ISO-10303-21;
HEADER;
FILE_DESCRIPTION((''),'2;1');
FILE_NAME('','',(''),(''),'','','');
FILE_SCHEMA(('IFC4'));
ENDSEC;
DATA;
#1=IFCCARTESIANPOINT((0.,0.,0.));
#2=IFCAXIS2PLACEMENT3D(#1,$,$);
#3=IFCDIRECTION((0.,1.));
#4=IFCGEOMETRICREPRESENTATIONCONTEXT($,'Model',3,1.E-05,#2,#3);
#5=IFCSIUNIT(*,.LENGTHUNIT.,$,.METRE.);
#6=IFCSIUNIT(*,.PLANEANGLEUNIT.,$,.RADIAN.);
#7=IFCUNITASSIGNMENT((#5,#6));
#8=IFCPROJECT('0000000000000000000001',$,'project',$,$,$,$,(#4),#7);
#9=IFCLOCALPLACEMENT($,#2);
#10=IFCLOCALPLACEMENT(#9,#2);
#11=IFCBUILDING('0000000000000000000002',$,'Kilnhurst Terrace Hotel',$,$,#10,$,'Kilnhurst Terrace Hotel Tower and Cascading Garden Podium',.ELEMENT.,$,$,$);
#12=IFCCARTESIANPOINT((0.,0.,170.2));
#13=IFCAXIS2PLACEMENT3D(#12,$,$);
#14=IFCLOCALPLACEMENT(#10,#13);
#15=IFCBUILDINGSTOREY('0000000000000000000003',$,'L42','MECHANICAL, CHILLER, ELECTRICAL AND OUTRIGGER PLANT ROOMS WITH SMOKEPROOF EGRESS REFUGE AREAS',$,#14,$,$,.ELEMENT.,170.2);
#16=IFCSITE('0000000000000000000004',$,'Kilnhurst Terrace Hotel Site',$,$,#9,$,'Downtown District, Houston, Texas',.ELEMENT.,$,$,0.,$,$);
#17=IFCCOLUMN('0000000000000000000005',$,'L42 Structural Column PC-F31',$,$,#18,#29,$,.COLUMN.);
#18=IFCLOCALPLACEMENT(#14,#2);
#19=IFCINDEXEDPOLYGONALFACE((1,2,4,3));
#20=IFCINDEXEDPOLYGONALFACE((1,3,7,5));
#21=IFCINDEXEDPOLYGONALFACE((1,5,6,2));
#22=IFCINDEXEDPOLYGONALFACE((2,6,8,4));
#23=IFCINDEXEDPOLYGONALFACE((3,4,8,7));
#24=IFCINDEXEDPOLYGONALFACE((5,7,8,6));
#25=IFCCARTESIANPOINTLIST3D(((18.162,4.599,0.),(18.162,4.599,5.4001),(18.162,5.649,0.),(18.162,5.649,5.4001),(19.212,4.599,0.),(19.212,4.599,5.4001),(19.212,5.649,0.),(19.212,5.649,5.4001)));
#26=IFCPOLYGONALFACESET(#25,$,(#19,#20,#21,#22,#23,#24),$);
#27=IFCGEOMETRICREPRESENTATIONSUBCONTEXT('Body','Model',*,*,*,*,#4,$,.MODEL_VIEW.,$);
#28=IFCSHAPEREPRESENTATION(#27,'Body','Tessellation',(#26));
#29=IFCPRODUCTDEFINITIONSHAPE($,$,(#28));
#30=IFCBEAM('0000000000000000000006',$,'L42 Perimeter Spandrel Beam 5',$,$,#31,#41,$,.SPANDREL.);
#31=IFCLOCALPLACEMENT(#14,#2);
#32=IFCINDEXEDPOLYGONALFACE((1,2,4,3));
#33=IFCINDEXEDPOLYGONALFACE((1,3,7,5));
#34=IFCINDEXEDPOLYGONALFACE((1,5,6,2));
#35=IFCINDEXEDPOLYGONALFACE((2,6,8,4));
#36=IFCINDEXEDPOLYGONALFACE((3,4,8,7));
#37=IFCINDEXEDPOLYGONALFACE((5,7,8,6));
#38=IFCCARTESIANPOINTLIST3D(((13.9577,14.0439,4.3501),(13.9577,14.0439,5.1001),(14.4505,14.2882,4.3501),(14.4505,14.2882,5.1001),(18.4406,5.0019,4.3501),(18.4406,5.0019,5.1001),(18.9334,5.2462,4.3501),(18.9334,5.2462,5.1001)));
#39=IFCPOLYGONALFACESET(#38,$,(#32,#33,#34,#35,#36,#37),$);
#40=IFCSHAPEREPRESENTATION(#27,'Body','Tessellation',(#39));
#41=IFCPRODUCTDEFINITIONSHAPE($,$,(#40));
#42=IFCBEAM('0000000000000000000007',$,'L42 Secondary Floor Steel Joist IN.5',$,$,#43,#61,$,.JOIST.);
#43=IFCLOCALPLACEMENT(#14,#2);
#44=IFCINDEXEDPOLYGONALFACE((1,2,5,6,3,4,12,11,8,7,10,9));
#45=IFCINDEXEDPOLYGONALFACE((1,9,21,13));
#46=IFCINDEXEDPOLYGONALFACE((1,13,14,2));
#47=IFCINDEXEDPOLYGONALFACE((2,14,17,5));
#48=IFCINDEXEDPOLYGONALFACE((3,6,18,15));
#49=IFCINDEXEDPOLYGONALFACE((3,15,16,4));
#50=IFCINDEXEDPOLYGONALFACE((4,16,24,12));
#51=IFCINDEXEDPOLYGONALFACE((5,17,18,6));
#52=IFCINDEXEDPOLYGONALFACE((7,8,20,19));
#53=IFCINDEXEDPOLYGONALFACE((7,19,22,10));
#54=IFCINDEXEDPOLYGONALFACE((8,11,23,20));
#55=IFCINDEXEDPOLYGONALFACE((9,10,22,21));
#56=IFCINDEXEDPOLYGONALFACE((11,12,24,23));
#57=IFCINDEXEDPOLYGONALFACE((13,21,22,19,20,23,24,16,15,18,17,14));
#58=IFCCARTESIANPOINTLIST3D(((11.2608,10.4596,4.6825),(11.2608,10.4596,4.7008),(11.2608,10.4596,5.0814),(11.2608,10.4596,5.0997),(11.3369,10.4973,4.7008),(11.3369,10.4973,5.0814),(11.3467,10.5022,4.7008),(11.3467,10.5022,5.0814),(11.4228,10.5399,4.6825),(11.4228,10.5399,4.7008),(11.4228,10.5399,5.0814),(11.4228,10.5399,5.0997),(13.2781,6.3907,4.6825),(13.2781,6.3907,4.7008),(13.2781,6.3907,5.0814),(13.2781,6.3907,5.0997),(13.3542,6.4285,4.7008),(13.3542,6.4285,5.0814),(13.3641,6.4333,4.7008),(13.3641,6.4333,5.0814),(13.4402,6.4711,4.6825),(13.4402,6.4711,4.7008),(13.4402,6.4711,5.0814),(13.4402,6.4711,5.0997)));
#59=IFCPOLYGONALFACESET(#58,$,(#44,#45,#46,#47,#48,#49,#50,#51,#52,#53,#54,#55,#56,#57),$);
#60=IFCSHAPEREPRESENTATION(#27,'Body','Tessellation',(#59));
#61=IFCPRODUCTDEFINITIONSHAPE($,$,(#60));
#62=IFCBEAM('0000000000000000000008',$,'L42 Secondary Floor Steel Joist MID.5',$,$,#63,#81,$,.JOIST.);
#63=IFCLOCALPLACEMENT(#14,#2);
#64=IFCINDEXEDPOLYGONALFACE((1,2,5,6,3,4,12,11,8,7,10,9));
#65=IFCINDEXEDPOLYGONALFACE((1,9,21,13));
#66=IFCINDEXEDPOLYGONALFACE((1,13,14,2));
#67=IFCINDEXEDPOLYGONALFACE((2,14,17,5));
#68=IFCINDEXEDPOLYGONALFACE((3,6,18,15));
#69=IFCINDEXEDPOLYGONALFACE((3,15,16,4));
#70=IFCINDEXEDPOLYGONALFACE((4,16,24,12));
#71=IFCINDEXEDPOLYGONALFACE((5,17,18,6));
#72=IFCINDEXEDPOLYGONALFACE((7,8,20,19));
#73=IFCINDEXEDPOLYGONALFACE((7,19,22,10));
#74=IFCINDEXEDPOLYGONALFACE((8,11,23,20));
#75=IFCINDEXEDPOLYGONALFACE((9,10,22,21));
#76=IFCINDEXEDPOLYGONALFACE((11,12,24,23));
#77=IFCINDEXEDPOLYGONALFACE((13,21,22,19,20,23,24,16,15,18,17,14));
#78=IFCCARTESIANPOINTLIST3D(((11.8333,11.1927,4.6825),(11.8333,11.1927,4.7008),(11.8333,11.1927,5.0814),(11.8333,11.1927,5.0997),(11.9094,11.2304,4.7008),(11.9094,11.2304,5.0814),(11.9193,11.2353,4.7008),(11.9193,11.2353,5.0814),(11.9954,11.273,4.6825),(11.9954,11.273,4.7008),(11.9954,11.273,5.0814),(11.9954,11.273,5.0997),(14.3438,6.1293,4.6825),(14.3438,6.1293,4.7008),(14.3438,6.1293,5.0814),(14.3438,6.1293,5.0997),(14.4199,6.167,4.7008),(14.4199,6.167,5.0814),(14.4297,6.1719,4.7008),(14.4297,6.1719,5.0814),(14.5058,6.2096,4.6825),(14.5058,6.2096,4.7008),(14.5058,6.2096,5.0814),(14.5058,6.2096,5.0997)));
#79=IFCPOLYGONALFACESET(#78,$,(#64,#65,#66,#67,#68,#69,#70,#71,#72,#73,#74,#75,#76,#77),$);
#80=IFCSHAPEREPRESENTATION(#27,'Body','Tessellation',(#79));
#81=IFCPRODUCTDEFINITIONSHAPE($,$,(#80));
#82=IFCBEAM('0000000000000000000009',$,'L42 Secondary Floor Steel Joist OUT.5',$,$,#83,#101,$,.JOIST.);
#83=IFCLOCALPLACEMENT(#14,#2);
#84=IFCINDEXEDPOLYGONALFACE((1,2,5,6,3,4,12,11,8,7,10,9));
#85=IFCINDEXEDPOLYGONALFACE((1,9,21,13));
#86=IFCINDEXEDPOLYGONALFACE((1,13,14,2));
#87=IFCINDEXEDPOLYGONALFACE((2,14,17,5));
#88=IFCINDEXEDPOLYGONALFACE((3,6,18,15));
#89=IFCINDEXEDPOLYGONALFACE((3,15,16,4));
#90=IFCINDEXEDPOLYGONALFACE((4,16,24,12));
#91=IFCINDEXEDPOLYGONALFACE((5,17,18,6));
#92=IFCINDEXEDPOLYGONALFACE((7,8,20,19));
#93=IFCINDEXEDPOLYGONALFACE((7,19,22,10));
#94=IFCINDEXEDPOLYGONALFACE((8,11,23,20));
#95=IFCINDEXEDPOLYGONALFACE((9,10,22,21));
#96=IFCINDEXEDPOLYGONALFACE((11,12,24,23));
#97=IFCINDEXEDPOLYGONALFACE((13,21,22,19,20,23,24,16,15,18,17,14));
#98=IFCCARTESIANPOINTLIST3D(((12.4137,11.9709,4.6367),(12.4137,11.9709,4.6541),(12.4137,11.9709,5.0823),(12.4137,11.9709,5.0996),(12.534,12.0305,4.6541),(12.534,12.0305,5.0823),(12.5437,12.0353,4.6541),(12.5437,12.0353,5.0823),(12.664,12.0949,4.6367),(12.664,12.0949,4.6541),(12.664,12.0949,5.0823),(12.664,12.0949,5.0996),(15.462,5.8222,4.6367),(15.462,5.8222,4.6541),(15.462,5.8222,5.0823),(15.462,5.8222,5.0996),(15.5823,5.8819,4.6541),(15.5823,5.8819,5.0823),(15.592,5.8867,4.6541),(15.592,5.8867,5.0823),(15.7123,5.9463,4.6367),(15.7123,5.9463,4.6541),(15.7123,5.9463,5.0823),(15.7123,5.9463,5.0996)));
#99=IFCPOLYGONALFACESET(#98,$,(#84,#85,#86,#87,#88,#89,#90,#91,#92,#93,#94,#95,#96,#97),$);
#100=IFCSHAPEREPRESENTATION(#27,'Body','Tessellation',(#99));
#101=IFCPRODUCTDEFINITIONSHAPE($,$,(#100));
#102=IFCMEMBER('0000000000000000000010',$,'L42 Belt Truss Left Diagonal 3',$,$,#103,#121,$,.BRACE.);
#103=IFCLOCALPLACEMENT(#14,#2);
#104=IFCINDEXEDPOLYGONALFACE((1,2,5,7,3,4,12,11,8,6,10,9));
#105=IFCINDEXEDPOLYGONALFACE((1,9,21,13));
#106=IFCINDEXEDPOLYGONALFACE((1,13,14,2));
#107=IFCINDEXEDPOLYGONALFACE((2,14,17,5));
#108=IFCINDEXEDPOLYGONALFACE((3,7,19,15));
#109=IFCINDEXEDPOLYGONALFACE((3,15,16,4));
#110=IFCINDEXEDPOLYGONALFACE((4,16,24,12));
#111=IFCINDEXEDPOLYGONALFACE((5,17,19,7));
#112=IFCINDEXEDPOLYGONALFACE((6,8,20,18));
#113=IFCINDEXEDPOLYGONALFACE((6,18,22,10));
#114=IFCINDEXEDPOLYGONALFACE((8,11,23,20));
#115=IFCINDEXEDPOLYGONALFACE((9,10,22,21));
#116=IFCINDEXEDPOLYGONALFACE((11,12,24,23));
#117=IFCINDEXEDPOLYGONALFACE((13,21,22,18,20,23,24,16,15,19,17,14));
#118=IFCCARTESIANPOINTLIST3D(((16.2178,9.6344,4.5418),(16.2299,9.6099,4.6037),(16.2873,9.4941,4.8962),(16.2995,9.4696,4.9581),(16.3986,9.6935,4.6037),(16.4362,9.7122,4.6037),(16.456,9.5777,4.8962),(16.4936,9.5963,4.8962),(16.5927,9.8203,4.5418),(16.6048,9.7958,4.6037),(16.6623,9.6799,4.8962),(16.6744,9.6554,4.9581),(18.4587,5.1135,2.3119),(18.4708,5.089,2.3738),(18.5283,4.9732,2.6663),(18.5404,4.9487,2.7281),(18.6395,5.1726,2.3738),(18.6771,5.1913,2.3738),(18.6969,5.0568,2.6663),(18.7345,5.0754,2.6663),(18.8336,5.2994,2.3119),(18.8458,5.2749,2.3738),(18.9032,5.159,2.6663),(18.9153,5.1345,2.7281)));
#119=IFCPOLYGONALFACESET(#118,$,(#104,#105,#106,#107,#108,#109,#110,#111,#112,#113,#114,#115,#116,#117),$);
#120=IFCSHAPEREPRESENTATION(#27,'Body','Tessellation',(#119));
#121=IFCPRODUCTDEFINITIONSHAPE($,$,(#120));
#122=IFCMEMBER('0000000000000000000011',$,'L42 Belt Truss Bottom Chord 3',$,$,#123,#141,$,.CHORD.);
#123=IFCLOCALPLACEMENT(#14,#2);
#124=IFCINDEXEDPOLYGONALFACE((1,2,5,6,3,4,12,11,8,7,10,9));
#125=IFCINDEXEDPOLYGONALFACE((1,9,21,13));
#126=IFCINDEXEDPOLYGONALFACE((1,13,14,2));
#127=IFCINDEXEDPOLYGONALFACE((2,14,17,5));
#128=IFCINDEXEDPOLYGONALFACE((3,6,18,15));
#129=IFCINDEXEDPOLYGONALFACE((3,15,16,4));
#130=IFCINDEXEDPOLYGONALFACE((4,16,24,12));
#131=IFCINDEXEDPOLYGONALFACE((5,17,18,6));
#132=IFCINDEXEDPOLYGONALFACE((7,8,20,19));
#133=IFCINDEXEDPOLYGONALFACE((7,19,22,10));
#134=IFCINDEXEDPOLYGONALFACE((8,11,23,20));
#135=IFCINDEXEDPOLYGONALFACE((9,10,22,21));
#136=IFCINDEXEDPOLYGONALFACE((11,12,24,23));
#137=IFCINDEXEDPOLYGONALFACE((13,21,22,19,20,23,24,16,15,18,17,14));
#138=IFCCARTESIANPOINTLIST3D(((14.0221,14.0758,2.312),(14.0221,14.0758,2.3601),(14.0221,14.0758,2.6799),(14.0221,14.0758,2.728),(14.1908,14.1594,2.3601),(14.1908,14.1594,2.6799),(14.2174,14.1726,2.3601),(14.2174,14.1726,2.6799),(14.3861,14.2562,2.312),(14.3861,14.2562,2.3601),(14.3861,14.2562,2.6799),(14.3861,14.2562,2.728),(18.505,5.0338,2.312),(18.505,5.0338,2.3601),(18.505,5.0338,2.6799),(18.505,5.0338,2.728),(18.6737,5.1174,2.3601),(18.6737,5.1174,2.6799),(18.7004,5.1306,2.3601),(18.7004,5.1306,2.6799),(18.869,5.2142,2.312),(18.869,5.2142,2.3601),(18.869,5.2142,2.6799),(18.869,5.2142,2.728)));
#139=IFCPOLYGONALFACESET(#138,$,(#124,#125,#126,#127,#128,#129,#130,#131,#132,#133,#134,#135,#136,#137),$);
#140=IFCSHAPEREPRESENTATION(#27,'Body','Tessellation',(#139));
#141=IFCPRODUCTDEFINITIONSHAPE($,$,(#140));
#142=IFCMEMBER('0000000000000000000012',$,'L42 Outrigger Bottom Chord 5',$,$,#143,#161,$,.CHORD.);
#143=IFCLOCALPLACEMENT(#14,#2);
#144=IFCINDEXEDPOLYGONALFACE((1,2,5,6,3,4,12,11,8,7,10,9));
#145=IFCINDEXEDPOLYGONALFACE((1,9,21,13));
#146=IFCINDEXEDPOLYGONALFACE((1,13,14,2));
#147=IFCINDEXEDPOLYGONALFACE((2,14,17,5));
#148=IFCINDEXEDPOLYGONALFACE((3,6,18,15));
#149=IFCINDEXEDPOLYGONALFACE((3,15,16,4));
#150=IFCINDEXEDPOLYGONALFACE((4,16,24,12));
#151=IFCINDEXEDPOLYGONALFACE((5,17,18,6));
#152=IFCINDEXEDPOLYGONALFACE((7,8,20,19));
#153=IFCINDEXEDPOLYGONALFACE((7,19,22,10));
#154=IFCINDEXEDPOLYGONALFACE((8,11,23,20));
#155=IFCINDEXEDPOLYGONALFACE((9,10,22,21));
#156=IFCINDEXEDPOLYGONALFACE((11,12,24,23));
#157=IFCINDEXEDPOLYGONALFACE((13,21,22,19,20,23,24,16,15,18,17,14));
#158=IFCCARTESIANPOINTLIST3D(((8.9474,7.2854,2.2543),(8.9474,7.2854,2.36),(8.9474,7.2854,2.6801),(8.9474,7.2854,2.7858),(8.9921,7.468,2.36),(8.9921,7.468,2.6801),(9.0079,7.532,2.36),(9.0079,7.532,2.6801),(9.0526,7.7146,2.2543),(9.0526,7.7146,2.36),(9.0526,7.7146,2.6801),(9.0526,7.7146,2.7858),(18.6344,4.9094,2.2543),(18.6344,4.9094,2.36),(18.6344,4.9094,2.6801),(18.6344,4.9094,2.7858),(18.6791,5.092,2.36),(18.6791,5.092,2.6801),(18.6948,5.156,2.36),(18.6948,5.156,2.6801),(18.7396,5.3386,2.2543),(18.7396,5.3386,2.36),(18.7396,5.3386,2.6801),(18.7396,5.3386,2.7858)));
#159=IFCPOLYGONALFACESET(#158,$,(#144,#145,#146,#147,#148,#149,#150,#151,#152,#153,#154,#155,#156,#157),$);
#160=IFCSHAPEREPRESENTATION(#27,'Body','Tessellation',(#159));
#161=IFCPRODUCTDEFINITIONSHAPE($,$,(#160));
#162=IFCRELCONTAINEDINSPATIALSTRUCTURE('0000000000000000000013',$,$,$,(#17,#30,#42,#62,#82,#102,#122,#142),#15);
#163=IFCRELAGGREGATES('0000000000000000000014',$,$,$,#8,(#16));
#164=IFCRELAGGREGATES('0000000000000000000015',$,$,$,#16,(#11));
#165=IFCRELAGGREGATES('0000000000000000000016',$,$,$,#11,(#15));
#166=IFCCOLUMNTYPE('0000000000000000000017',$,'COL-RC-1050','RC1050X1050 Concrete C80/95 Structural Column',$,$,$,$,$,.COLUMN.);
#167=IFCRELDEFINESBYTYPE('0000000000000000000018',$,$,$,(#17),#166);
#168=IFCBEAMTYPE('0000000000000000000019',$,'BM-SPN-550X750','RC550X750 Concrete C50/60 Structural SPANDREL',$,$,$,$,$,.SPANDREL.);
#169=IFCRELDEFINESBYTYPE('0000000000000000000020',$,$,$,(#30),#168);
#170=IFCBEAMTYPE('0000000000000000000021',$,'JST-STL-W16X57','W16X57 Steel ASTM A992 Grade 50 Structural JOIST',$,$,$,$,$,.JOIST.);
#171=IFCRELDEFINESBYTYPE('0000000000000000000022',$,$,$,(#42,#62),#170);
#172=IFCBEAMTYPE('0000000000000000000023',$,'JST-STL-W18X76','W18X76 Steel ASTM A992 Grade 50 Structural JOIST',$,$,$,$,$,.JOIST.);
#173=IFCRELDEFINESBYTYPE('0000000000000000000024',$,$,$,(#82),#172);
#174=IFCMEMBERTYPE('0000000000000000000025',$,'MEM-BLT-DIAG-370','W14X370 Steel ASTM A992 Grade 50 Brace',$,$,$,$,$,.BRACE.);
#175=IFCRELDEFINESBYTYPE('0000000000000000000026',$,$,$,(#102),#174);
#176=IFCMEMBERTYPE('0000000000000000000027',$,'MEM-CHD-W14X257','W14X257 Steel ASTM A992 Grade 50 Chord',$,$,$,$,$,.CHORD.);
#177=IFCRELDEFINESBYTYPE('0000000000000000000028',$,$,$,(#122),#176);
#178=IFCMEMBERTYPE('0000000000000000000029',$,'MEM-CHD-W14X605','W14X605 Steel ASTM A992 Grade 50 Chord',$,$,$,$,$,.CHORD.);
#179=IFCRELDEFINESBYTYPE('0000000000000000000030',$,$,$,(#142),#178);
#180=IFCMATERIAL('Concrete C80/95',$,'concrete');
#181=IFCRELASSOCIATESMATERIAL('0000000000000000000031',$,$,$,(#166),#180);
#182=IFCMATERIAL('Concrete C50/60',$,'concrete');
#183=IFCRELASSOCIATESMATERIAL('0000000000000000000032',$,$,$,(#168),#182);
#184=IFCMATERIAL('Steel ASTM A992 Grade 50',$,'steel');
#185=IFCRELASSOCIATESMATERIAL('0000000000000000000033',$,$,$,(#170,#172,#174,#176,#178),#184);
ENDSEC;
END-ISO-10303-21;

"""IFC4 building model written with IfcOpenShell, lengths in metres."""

from ifc_helpers import new_model, si_unit, direction, frame, origin, origin_2d, place, context, subcontext, project, spatial, rectangle, i_section, extrude, material, material_profile, profile_set, type_object, element, save


model = new_model("IFC4")

# Units and contexts
model_context = context("Model", 3, precision=1e-05, world=origin(), true_north=direction((0.0, 1.0)))
body_context = subcontext(model_context, "Body", "Model", "MODEL_VIEW")
ifc_project = project(units=[si_unit("LENGTHUNIT", "METRE"), si_unit("PLANEANGLEUNIT", "RADIAN")], contexts=[model_context])

# Site, building, storey
site_placement = place(None, origin())
site = spatial("IfcSite", under=ifc_project, at=site_placement, Name="Kilnhurst Terrace Hotel Site", LongName="Downtown District, Houston, Texas", CompositionType="ELEMENT", RefElevation=0.0)
building_placement = place(site_placement, origin())
building = spatial("IfcBuilding", under=site, at=building_placement, Name="Kilnhurst Terrace Hotel", LongName="Kilnhurst Terrace Hotel Tower and Cascading Garden Podium", CompositionType="ELEMENT")
storey_placement = place(building_placement, frame((0.0, 0.0, 170.2)))
storey = spatial("IfcBuildingStorey", under=building, at=storey_placement, Name="L42", Description="MECHANICAL, CHILLER, ELECTRICAL AND OUTRIGGER PLANT ROOMS WITH SMOKEPROOF EGRESS REFUGE AREAS", CompositionType="ELEMENT", Elevation=170.2)

# Column
ifc_material_1 = material(Name="Concrete C80/95", Category="concrete")
ifc_material_profile_1 = material_profile(ifc_material_1, rectangle(XDim=1.05, YDim=1.05, at=origin_2d()), Name="RC1050X1050")
ifc_profile_set_1 = profile_set([ifc_material_profile_1], Name="Concrete C80/95")
column_type = type_object("IfcColumnType", Name="COL-RC-1050", Description="RC1050X1050 Concrete C80/95 Structural Column", PredefinedType="COLUMN", material=ifc_profile_set_1)
column_placement = place(storey_placement, frame((18.687, 5.124, 0.0), z_axis=(0.0, 0.0, 1.0), x_axis=(1.0, 0.0, 0.0)))
element("IfcColumn", 1, at=column_placement, inside=storey, type_object=column_type, Name="L42 Structural Column PC-F31", PredefinedType="COLUMN", context=body_context, shape_type="SweptSolid", body=[
    extrude(rectangle(XDim=1.05, YDim=1.05, at=origin_2d()), origin(), (0.0, 0.0, 1.0), 5.4001),
])

# Beams
ifc_material_2 = material(Name="Concrete C50/60", Category="concrete")
ifc_material_profile_2 = material_profile(ifc_material_2, rectangle(XDim=0.55, YDim=0.75, at=origin_2d()), Name="RC550X750")
ifc_profile_set_2 = profile_set([ifc_material_profile_2], Name="Concrete C50/60")
beam_type_1 = type_object("IfcBeamType", Name="BM-SPN-550X750", Description="RC550X750 Concrete C50/60 Structural SPANDREL", PredefinedType="SPANDREL", material=ifc_profile_set_2)
beam_1_placement = place(storey_placement, frame((18.687, 5.124, 4.7251), z_axis=(-0.444192, 0.895932, 0.0), x_axis=(-0.895932, -0.444192, 0.0)))
element("IfcBeam", 2, at=beam_1_placement, inside=storey, type_object=beam_type_1, Name="L42 Perimeter Spandrel Beam 5", PredefinedType="SPANDREL", context=body_context, shape_type="SweptSolid", body=[
    extrude(rectangle(XDim=0.55, YDim=0.75, at=origin_2d()), origin(), (0.0, 0.0, 1.0), 10.0923),
])
ifc_material_3 = material(Name="Steel ASTM A992 Grade 50", Category="steel")
ifc_material_profile_3 = material_profile(ifc_material_3, i_section(OverallWidth=0.1809, OverallDepth=0.4172, WebThickness=0.011, FlangeThickness=0.0183, at=origin_2d()), Name="W16X57")
ifc_profile_set_3 = profile_set([ifc_material_profile_3], Name="Steel ASTM A992 Grade 50")
beam_type_2 = type_object("IfcBeamType", Name="JST-STL-W16X57", Description="W16X57 Steel ASTM A992 Grade 50 Structural JOIST", PredefinedType="JOIST", material=ifc_profile_set_3)
beam_2_placement = place(storey_placement, frame((13.3591, 6.4309, 4.8911), z_axis=(-0.444201, 0.895927, 0.0), x_axis=(-0.895927, -0.444201, 0.0)))
element("IfcBeam", 3, at=beam_2_placement, inside=storey, type_object=beam_type_2, Name="L42 Secondary Floor Steel Joist IN.5", PredefinedType="JOIST", context=body_context, shape_type="SweptSolid", body=[
    extrude(i_section(OverallWidth=0.1809, OverallDepth=0.4172, WebThickness=0.011, FlangeThickness=0.0183, at=origin_2d()), origin(), (0.0, 0.0, 1.0), 4.5415),
])
beam_3_placement = place(storey_placement, frame((14.4248, 6.1694, 4.8911), z_axis=(-0.444204, 0.895925, 0.0), x_axis=(-0.895925, -0.444204, 0.0)))
element("IfcBeam", 4, at=beam_3_placement, inside=storey, type_object=beam_type_2, Name="L42 Secondary Floor Steel Joist MID.5", PredefinedType="JOIST", context=body_context, shape_type="SweptSolid", body=[
    extrude(i_section(OverallWidth=0.1809, OverallDepth=0.4172, WebThickness=0.011, FlangeThickness=0.0183, at=origin_2d()), origin(), (0.0, 0.0, 1.0), 5.6516),
])
ifc_material_profile_4 = material_profile(ifc_material_3, i_section(OverallWidth=0.2793, OverallDepth=0.4629, WebThickness=0.0107, FlangeThickness=0.0173, at=origin_2d()), Name="W18X76")
ifc_profile_set_4 = profile_set([ifc_material_profile_4], Name="Steel ASTM A992 Grade 50")
beam_type_3 = type_object("IfcBeamType", Name="JST-STL-W18X76", Description="W18X76 Steel ASTM A992 Grade 50 Structural JOIST", PredefinedType="JOIST", material=ifc_profile_set_4)
beam_4_placement = place(storey_placement, frame((15.5872, 5.8843, 4.8682), z_axis=(-0.44418, 0.895938, 0.0), x_axis=(-0.895938, -0.44418, 0.0)))
element("IfcBeam", 5, at=beam_4_placement, inside=storey, type_object=beam_type_3, Name="L42 Secondary Floor Steel Joist OUT.5", PredefinedType="JOIST", context=body_context, shape_type="SweptSolid", body=[
    extrude(i_section(OverallWidth=0.2793, OverallDepth=0.4629, WebThickness=0.0107, FlangeThickness=0.0173, at=origin_2d()), origin(), (0.0, 0.0, 1.0), 6.8628),
])

# Members
ifc_material_profile_5 = material_profile(ifc_material_3, i_section(OverallWidth=0.4185, OverallDepth=0.4551, WebThickness=0.042, FlangeThickness=0.0676, at=origin_2d()), Name="W14X370")
ifc_profile_set_5 = profile_set([ifc_material_profile_5], Name="Steel ASTM A992 Grade 50")
member_type_1 = type_object("IfcMemberType", Name="MEM-BLT-DIAG-370", Description="W14X370 Steel ASTM A992 Grade 50 Brace", PredefinedType="BRACE", material=ifc_profile_set_5)
member_1_placement = place(storey_placement, frame((18.687, 5.124, 2.52), z_axis=(-0.406214, 0.819509, 0.404222), x_axis=(-0.89597, -0.444114, 0.0)))
element("IfcMember", 6, at=member_1_placement, inside=storey, type_object=member_type_1, Name="L42 Belt Truss Left Diagonal 3", PredefinedType="BRACE", context=body_context, shape_type="SweptSolid", body=[
    extrude(i_section(OverallWidth=0.4185, OverallDepth=0.4551, WebThickness=0.042, FlangeThickness=0.0676, at=origin_2d()), origin(), (0.0, 0.0, 1.0), 5.5166),
])
ifc_material_profile_6 = material_profile(ifc_material_3, i_section(OverallWidth=0.4062, OverallDepth=0.416, WebThickness=0.0298, FlangeThickness=0.0481, at=origin_2d()), Name="W14X257")
ifc_profile_set_6 = profile_set([ifc_material_profile_6], Name="Steel ASTM A992 Grade 50")
member_type_2 = type_object("IfcMemberType", Name="MEM-CHD-W14X257", Description="W14X257 Steel ASTM A992 Grade 50 Chord", PredefinedType="CHORD", material=ifc_profile_set_6)
member_2_placement = place(storey_placement, frame((18.687, 5.124, 2.52), z_axis=(-0.444192, 0.895932, 0.0), x_axis=(-0.895932, -0.444192, 0.0)))
element("IfcMember", 7, at=member_2_placement, inside=storey, type_object=member_type_2, Name="L42 Belt Truss Bottom Chord 3", PredefinedType="CHORD", context=body_context, shape_type="SweptSolid", body=[
    extrude(i_section(OverallWidth=0.4062, OverallDepth=0.416, WebThickness=0.0298, FlangeThickness=0.0481, at=origin_2d()), origin(), (0.0, 0.0, 1.0), 10.0923),
])
ifc_material_profile_7 = material_profile(ifc_material_3, i_section(OverallWidth=0.4419, OverallDepth=0.5315, WebThickness=0.0659, FlangeThickness=0.1057, at=origin_2d()), Name="W14X605")
ifc_profile_set_7 = profile_set([ifc_material_profile_7], Name="Steel ASTM A992 Grade 50")
member_type_3 = type_object("IfcMemberType", Name="MEM-CHD-W14X605", Description="W14X605 Steel ASTM A992 Grade 50 Chord", PredefinedType="CHORD", material=ifc_profile_set_7)
member_3_placement = place(storey_placement, frame((9.0, 7.5, 2.52), z_axis=(0.971213, -0.238214, 0.0), x_axis=(0.238214, 0.971213, 0.0)))
element("IfcMember", 8, at=member_3_placement, inside=storey, type_object=member_type_3, Name="L42 Outrigger Bottom Chord 5", PredefinedType="CHORD", context=body_context, shape_type="SweptSolid", body=[
    extrude(i_section(OverallWidth=0.4419, OverallDepth=0.5315, WebThickness=0.0659, FlangeThickness=0.1057, at=origin_2d()), origin(), (0.0, 0.0, 1.0), 9.9741),
])

save(model, "model.ifc")
